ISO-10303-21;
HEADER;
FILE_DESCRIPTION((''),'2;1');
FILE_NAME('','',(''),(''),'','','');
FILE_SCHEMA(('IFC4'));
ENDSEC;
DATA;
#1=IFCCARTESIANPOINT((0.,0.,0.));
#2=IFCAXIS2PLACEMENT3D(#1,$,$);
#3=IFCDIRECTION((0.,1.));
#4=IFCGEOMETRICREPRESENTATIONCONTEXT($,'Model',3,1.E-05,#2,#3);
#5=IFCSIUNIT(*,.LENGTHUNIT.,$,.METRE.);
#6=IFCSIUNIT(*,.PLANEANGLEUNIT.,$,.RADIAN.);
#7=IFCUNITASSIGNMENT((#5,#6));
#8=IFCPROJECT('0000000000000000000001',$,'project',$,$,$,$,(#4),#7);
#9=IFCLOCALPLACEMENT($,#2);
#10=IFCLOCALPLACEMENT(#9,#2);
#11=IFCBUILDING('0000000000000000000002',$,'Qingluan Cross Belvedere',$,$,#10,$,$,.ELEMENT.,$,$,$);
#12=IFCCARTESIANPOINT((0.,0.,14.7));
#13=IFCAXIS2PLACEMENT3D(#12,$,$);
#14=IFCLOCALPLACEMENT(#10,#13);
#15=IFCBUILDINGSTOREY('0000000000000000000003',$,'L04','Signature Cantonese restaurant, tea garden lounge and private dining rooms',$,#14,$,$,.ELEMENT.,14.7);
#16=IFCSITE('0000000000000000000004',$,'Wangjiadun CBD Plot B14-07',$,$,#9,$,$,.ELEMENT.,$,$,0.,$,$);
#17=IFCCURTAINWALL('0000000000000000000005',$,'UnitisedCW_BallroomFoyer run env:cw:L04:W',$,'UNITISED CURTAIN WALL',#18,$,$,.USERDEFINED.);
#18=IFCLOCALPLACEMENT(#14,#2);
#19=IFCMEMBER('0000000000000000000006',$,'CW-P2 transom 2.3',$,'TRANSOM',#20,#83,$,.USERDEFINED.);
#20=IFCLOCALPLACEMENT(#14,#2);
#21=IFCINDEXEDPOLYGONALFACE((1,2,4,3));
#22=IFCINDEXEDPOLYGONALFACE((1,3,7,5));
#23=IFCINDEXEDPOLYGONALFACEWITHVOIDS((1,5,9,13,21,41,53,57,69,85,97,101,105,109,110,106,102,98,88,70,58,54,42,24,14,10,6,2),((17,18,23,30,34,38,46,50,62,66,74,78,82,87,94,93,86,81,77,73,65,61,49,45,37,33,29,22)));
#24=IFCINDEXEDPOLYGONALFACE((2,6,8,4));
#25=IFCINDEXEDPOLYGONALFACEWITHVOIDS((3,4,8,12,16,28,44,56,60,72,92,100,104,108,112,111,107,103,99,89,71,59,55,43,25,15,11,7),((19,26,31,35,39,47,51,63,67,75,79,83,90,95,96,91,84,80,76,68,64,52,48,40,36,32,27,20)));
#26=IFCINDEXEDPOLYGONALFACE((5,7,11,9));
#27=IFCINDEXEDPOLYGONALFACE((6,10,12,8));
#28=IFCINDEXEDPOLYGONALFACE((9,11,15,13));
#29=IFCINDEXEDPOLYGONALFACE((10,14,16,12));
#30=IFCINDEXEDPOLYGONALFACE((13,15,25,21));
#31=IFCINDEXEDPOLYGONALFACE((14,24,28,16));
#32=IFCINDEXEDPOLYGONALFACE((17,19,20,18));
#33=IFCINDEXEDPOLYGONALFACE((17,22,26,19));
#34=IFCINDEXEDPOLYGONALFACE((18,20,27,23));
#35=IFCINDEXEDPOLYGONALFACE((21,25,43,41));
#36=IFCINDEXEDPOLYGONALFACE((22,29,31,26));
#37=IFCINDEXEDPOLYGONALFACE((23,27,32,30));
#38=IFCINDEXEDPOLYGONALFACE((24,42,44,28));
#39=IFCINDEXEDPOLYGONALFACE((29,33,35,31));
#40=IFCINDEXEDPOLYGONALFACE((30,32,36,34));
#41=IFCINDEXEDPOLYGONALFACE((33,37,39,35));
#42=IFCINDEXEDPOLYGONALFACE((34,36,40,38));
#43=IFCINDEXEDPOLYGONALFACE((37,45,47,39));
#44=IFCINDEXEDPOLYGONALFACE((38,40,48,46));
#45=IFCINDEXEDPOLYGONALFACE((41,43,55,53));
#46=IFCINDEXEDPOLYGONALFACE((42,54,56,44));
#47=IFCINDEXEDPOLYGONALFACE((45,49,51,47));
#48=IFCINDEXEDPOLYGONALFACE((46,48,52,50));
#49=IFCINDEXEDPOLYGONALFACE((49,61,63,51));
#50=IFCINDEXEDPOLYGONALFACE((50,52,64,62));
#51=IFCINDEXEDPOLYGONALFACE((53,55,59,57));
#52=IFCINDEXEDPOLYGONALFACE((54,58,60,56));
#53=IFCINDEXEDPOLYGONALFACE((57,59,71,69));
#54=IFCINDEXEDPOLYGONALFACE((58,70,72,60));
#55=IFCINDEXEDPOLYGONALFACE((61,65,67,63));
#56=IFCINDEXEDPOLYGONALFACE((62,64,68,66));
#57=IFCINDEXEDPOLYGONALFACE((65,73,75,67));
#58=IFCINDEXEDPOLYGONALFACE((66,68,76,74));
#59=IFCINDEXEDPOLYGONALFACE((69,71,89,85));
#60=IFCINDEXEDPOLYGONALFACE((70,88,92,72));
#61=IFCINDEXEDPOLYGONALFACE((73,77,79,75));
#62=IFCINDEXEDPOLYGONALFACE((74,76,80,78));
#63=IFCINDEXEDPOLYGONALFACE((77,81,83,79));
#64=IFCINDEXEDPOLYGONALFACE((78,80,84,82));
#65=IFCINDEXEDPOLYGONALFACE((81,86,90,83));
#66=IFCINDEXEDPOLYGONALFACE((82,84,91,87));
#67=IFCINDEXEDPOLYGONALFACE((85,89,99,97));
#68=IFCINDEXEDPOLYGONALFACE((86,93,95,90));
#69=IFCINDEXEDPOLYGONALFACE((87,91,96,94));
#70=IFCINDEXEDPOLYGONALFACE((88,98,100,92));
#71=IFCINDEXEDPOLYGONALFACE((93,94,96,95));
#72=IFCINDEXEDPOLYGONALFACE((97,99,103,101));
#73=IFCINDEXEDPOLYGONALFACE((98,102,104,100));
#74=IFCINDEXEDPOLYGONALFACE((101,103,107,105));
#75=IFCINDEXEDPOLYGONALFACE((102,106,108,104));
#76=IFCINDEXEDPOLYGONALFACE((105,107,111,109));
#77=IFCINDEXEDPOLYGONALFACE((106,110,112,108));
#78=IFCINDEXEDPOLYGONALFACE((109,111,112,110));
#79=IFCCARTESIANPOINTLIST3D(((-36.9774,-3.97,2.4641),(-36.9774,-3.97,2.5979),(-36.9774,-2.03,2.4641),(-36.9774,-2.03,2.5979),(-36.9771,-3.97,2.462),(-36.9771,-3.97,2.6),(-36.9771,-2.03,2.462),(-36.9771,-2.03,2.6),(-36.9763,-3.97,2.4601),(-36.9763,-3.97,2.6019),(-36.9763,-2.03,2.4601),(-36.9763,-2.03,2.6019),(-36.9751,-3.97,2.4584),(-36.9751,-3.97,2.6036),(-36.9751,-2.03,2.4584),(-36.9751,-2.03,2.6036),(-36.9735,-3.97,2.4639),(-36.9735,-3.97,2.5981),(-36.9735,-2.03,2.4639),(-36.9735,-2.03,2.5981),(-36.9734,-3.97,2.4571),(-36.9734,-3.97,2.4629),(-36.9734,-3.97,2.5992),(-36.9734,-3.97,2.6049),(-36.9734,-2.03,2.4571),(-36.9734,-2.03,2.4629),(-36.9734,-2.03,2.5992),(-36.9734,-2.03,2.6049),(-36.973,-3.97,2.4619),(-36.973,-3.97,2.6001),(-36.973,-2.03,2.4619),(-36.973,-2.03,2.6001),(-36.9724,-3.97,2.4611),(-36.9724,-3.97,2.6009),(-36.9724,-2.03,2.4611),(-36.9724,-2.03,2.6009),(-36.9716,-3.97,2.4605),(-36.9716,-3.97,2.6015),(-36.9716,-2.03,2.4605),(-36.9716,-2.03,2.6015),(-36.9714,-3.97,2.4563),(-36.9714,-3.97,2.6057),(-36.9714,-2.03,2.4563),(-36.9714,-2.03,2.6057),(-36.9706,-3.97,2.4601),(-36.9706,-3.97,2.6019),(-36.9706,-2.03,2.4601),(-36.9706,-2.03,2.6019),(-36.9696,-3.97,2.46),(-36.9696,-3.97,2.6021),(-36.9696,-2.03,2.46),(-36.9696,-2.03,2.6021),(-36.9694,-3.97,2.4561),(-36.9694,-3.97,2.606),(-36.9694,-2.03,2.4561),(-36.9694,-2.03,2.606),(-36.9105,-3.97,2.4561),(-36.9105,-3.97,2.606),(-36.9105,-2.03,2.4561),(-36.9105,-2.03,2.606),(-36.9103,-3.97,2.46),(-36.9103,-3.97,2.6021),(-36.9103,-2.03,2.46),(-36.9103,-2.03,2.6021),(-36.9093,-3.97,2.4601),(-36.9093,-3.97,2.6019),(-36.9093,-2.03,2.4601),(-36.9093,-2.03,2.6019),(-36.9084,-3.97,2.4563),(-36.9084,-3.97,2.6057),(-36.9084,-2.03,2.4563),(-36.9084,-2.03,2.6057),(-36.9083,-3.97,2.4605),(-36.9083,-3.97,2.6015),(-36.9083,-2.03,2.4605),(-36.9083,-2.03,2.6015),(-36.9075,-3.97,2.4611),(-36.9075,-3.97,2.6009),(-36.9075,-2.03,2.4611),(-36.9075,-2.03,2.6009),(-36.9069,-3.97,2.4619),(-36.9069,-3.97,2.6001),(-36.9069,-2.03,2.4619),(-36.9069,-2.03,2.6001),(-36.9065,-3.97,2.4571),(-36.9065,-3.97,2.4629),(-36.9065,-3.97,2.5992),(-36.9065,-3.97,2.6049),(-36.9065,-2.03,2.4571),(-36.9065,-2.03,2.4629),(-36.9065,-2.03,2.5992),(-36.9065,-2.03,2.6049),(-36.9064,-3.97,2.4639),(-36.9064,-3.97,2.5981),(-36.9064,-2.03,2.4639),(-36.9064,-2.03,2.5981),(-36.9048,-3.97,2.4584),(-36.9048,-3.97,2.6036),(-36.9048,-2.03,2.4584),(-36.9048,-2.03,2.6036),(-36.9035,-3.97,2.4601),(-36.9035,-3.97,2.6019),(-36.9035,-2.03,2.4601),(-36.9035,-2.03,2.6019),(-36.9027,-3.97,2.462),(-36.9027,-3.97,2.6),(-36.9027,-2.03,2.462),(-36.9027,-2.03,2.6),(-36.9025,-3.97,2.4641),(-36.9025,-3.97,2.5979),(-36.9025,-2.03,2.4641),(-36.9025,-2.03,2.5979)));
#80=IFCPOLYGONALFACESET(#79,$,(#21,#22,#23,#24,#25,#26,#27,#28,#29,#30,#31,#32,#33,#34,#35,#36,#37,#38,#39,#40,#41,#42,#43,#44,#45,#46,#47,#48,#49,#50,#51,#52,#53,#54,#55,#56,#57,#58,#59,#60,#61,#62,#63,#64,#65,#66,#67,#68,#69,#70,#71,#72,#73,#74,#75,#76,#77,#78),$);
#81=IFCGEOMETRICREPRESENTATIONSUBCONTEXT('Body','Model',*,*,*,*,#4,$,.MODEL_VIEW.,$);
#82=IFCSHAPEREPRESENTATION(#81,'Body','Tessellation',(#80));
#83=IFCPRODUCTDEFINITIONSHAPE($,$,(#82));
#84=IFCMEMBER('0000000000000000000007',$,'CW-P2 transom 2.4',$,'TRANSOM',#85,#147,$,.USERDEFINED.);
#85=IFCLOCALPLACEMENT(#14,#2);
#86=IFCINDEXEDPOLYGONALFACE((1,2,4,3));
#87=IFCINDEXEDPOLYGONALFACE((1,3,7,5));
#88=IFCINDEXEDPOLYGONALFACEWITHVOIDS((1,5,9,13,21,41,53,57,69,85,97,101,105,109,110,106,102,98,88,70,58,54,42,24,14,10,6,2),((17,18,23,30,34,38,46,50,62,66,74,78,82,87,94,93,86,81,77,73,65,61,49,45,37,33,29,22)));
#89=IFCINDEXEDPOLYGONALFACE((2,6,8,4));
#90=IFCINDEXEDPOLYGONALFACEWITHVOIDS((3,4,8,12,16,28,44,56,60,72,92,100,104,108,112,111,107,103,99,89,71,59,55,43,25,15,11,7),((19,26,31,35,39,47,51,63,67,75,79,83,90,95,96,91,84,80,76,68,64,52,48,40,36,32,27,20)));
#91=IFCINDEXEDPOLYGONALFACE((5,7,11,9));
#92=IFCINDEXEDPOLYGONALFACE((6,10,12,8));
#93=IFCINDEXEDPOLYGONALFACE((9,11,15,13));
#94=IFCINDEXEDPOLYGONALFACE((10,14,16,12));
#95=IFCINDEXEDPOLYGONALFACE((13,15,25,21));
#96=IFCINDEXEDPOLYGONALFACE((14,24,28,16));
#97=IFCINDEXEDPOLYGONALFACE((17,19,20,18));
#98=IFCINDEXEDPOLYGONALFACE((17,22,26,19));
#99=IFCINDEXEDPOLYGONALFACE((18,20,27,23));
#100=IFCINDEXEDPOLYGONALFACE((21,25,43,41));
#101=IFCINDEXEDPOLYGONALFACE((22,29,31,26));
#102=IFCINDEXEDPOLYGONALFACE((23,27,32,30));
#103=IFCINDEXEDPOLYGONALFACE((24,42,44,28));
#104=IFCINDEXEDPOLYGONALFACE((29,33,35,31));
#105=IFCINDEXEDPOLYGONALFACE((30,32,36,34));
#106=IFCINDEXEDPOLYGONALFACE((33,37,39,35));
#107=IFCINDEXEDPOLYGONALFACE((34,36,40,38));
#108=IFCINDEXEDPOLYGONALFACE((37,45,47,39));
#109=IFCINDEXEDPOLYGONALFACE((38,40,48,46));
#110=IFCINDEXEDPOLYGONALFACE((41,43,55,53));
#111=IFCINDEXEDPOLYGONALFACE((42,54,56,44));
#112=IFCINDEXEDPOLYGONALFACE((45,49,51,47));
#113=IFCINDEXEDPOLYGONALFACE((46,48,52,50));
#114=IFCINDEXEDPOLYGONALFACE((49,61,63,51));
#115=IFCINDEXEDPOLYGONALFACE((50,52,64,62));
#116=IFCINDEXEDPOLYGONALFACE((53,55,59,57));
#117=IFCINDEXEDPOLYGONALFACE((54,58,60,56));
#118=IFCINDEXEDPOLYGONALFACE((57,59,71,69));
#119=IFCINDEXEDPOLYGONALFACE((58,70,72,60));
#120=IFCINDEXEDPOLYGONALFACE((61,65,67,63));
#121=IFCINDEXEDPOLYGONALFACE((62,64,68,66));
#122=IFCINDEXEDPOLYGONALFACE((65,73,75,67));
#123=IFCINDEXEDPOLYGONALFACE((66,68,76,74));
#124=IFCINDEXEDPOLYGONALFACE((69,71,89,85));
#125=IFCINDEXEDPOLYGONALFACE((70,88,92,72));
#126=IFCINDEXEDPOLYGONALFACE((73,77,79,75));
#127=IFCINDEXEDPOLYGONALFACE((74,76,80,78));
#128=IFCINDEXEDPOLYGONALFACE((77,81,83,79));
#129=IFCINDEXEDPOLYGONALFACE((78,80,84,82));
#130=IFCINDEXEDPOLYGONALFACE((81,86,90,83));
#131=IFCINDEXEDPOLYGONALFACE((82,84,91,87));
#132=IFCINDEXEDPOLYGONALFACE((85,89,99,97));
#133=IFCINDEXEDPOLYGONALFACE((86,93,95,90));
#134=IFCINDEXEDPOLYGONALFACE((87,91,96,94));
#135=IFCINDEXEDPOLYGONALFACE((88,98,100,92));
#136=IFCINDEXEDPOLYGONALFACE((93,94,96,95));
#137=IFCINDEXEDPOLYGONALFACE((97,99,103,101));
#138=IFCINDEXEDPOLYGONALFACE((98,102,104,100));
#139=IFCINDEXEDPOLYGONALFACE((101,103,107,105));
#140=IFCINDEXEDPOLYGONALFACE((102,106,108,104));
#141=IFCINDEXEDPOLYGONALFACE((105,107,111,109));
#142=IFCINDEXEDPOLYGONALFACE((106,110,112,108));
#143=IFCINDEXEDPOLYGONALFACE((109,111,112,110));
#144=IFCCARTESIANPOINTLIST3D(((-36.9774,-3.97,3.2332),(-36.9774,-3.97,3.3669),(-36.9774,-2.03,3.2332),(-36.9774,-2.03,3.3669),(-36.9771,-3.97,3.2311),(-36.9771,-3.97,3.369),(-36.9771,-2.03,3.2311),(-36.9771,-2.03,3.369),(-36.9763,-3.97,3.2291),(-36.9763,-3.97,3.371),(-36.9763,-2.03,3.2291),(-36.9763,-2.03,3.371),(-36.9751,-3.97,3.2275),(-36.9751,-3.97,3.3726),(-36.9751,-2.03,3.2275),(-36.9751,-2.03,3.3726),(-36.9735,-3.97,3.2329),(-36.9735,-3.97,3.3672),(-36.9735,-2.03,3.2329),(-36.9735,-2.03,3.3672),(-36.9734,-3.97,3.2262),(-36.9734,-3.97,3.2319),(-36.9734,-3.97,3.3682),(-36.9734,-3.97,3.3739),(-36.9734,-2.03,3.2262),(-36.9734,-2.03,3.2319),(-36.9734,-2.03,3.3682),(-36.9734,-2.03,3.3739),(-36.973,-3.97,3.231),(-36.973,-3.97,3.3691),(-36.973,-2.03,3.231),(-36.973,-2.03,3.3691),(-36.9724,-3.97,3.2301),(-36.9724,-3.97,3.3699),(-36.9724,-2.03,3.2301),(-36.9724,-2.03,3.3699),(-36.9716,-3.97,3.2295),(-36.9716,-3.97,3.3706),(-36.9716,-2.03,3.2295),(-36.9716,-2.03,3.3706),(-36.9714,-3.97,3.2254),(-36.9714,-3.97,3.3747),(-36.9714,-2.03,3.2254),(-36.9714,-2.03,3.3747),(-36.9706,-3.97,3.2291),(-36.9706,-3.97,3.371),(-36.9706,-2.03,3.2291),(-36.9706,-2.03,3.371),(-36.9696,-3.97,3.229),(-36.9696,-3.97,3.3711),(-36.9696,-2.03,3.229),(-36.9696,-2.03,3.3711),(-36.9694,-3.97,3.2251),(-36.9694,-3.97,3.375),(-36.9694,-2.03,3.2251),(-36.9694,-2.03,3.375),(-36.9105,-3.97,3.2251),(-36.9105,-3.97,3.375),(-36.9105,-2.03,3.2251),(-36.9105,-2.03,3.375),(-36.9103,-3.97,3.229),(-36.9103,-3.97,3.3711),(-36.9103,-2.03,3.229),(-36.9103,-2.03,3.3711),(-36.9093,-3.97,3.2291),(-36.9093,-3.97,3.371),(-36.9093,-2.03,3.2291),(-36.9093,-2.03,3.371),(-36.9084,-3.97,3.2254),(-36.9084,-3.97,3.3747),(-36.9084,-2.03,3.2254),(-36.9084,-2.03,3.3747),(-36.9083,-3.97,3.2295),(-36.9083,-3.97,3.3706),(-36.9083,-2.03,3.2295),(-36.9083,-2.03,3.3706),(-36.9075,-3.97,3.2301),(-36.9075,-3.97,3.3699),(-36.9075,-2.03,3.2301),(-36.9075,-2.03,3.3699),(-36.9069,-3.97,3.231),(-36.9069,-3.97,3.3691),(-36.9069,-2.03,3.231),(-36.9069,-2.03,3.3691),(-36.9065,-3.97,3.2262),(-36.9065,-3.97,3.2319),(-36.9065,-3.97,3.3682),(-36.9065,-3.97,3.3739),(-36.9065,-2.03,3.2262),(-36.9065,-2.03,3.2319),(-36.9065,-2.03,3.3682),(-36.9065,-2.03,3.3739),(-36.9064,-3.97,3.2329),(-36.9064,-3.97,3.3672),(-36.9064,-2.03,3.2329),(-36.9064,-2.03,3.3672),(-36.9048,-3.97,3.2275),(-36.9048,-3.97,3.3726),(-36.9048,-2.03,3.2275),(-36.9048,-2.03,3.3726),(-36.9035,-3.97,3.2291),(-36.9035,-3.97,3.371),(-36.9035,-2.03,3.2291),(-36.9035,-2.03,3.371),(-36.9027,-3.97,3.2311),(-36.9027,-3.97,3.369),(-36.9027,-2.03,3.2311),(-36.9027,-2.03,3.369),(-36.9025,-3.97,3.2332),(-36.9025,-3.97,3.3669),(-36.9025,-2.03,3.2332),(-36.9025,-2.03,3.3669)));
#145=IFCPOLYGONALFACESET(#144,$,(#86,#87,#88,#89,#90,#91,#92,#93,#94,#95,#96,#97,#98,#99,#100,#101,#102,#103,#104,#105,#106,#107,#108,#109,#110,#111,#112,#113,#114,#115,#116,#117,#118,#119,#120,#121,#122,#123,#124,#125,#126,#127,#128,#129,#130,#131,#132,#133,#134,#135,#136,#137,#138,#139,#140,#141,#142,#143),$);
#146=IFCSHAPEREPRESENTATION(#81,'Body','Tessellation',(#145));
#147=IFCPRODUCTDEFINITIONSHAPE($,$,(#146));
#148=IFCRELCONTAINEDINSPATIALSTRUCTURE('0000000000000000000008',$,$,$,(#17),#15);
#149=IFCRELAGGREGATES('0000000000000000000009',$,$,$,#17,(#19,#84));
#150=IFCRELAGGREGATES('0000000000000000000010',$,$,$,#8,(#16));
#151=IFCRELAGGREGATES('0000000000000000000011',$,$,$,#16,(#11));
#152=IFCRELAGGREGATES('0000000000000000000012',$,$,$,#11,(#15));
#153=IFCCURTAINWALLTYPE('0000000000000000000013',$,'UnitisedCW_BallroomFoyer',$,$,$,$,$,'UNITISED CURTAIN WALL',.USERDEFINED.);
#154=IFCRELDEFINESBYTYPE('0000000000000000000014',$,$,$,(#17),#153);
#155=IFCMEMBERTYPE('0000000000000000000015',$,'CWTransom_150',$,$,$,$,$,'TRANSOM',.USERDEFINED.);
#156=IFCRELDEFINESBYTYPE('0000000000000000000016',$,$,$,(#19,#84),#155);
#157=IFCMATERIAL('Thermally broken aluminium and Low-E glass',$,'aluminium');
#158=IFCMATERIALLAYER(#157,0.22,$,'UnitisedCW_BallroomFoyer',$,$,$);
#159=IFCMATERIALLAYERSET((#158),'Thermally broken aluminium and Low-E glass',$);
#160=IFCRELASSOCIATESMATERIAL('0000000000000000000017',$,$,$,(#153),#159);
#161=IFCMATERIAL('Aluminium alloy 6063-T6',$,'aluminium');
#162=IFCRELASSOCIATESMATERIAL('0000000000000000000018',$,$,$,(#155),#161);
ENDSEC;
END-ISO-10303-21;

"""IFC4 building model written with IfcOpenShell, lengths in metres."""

from ifc_helpers import new_model, si_unit, direction, frame, origin, origin_2d, place, context, subcontext, project, spatial, hollow_rectangle, extrude, material, layer, layer_set, material_profile, profile_set, type_object, element, aggregate, save


model = new_model("IFC4")

# Units and contexts
model_context = context("Model", 3, precision=1e-05, world=origin(), true_north=direction((0.0, 1.0)))
body_context = subcontext(model_context, "Body", "Model", "MODEL_VIEW")
ifc_project = project(units=[si_unit("LENGTHUNIT", "METRE"), si_unit("PLANEANGLEUNIT", "RADIAN")], contexts=[model_context])

# Site, building, storey
site_placement = place(None, origin())
site = spatial("IfcSite", under=ifc_project, at=site_placement, Name="Wangjiadun CBD Plot B14-07", CompositionType="ELEMENT", RefElevation=0.0)
building_placement = place(site_placement, origin())
building = spatial("IfcBuilding", under=site, at=building_placement, Name="Qingluan Cross Belvedere", CompositionType="ELEMENT")
storey_placement = place(building_placement, frame((0.0, 0.0, 14.7)))
storey = spatial("IfcBuildingStorey", under=building, at=storey_placement, Name="L04", Description="Signature Cantonese restaurant, tea garden lounge and private dining rooms", CompositionType="ELEMENT", Elevation=14.7)

# Curtain wall, members
ifc_material_1 = material(Name="Thermally broken aluminium and Low-E glass", Category="aluminium")
ifc_layer_1 = layer(ifc_material_1, 0.22, Name="UnitisedCW_BallroomFoyer")
ifc_layer_set_1 = layer_set([ifc_layer_1], Name="Thermally broken aluminium and Low-E glass")
curtain_wall_type = type_object("IfcCurtainWallType", Name="UnitisedCW_BallroomFoyer", ElementType="UNITISED CURTAIN WALL", PredefinedType="USERDEFINED", material=ifc_layer_set_1)
curtain_wall_placement = place(storey_placement, origin())
curtain_wall = element("IfcCurtainWall", 1, at=curtain_wall_placement, inside=storey, type_object=curtain_wall_type, Name="UnitisedCW_BallroomFoyer run env:cw:L04:W", ObjectType="UNITISED CURTAIN WALL", PredefinedType="USERDEFINED")
ifc_material_2 = material(Name="Aluminium alloy 6063-T6", Category="aluminium")
ifc_material_profile_1 = material_profile(ifc_material_2, hollow_rectangle(XDim=0.075, YDim=0.1499, WallThickness=0.0039, InnerFilletRadius=0.0039, OuterFilletRadius=0.0081, at=origin_2d()), Name="CWT150x75x4")
ifc_profile_set_1 = profile_set([ifc_material_profile_1], Name="Aluminium alloy 6063-T6")
member_type_1 = type_object("IfcMemberType", Name="CWTransom_150", ElementType="TRANSOM", PredefinedType="USERDEFINED", material=ifc_profile_set_1)
member_1_placement = place(storey_placement, frame((-36.9399, -3.97, 2.531), z_axis=(0.0, 1.0, 0.0), x_axis=(-1.0, 0.0, 0.0)))
member_1 = element("IfcMember", 2, at=member_1_placement, type_object=member_type_1, Name="CW-P2 transom 2.3", ObjectType="TRANSOM", PredefinedType="USERDEFINED", context=body_context, shape_type="SweptSolid", body=[
    extrude(hollow_rectangle(XDim=0.075, YDim=0.1499, WallThickness=0.0039, InnerFilletRadius=0.0039, OuterFilletRadius=0.0081, at=origin_2d()), origin(), (0.0, 0.0, 1.0), 1.9399),
])
member_2_placement = place(storey_placement, frame((-36.9399, -3.97, 3.3), z_axis=(0.0, 1.0, 0.0), x_axis=(-1.0, 0.0, 0.0)))
member_2 = element("IfcMember", 3, at=member_2_placement, type_object=member_type_1, Name="CW-P2 transom 2.4", ObjectType="TRANSOM", PredefinedType="USERDEFINED", context=body_context, shape_type="SweptSolid", body=[
    extrude(hollow_rectangle(XDim=0.075, YDim=0.1499, WallThickness=0.0039, InnerFilletRadius=0.0039, OuterFilletRadius=0.0081, at=origin_2d()), origin(), (0.0, 0.0, 1.0), 1.9399),
])

aggregate(curtain_wall, [member_1, member_2])

save(model, "model.ifc")
